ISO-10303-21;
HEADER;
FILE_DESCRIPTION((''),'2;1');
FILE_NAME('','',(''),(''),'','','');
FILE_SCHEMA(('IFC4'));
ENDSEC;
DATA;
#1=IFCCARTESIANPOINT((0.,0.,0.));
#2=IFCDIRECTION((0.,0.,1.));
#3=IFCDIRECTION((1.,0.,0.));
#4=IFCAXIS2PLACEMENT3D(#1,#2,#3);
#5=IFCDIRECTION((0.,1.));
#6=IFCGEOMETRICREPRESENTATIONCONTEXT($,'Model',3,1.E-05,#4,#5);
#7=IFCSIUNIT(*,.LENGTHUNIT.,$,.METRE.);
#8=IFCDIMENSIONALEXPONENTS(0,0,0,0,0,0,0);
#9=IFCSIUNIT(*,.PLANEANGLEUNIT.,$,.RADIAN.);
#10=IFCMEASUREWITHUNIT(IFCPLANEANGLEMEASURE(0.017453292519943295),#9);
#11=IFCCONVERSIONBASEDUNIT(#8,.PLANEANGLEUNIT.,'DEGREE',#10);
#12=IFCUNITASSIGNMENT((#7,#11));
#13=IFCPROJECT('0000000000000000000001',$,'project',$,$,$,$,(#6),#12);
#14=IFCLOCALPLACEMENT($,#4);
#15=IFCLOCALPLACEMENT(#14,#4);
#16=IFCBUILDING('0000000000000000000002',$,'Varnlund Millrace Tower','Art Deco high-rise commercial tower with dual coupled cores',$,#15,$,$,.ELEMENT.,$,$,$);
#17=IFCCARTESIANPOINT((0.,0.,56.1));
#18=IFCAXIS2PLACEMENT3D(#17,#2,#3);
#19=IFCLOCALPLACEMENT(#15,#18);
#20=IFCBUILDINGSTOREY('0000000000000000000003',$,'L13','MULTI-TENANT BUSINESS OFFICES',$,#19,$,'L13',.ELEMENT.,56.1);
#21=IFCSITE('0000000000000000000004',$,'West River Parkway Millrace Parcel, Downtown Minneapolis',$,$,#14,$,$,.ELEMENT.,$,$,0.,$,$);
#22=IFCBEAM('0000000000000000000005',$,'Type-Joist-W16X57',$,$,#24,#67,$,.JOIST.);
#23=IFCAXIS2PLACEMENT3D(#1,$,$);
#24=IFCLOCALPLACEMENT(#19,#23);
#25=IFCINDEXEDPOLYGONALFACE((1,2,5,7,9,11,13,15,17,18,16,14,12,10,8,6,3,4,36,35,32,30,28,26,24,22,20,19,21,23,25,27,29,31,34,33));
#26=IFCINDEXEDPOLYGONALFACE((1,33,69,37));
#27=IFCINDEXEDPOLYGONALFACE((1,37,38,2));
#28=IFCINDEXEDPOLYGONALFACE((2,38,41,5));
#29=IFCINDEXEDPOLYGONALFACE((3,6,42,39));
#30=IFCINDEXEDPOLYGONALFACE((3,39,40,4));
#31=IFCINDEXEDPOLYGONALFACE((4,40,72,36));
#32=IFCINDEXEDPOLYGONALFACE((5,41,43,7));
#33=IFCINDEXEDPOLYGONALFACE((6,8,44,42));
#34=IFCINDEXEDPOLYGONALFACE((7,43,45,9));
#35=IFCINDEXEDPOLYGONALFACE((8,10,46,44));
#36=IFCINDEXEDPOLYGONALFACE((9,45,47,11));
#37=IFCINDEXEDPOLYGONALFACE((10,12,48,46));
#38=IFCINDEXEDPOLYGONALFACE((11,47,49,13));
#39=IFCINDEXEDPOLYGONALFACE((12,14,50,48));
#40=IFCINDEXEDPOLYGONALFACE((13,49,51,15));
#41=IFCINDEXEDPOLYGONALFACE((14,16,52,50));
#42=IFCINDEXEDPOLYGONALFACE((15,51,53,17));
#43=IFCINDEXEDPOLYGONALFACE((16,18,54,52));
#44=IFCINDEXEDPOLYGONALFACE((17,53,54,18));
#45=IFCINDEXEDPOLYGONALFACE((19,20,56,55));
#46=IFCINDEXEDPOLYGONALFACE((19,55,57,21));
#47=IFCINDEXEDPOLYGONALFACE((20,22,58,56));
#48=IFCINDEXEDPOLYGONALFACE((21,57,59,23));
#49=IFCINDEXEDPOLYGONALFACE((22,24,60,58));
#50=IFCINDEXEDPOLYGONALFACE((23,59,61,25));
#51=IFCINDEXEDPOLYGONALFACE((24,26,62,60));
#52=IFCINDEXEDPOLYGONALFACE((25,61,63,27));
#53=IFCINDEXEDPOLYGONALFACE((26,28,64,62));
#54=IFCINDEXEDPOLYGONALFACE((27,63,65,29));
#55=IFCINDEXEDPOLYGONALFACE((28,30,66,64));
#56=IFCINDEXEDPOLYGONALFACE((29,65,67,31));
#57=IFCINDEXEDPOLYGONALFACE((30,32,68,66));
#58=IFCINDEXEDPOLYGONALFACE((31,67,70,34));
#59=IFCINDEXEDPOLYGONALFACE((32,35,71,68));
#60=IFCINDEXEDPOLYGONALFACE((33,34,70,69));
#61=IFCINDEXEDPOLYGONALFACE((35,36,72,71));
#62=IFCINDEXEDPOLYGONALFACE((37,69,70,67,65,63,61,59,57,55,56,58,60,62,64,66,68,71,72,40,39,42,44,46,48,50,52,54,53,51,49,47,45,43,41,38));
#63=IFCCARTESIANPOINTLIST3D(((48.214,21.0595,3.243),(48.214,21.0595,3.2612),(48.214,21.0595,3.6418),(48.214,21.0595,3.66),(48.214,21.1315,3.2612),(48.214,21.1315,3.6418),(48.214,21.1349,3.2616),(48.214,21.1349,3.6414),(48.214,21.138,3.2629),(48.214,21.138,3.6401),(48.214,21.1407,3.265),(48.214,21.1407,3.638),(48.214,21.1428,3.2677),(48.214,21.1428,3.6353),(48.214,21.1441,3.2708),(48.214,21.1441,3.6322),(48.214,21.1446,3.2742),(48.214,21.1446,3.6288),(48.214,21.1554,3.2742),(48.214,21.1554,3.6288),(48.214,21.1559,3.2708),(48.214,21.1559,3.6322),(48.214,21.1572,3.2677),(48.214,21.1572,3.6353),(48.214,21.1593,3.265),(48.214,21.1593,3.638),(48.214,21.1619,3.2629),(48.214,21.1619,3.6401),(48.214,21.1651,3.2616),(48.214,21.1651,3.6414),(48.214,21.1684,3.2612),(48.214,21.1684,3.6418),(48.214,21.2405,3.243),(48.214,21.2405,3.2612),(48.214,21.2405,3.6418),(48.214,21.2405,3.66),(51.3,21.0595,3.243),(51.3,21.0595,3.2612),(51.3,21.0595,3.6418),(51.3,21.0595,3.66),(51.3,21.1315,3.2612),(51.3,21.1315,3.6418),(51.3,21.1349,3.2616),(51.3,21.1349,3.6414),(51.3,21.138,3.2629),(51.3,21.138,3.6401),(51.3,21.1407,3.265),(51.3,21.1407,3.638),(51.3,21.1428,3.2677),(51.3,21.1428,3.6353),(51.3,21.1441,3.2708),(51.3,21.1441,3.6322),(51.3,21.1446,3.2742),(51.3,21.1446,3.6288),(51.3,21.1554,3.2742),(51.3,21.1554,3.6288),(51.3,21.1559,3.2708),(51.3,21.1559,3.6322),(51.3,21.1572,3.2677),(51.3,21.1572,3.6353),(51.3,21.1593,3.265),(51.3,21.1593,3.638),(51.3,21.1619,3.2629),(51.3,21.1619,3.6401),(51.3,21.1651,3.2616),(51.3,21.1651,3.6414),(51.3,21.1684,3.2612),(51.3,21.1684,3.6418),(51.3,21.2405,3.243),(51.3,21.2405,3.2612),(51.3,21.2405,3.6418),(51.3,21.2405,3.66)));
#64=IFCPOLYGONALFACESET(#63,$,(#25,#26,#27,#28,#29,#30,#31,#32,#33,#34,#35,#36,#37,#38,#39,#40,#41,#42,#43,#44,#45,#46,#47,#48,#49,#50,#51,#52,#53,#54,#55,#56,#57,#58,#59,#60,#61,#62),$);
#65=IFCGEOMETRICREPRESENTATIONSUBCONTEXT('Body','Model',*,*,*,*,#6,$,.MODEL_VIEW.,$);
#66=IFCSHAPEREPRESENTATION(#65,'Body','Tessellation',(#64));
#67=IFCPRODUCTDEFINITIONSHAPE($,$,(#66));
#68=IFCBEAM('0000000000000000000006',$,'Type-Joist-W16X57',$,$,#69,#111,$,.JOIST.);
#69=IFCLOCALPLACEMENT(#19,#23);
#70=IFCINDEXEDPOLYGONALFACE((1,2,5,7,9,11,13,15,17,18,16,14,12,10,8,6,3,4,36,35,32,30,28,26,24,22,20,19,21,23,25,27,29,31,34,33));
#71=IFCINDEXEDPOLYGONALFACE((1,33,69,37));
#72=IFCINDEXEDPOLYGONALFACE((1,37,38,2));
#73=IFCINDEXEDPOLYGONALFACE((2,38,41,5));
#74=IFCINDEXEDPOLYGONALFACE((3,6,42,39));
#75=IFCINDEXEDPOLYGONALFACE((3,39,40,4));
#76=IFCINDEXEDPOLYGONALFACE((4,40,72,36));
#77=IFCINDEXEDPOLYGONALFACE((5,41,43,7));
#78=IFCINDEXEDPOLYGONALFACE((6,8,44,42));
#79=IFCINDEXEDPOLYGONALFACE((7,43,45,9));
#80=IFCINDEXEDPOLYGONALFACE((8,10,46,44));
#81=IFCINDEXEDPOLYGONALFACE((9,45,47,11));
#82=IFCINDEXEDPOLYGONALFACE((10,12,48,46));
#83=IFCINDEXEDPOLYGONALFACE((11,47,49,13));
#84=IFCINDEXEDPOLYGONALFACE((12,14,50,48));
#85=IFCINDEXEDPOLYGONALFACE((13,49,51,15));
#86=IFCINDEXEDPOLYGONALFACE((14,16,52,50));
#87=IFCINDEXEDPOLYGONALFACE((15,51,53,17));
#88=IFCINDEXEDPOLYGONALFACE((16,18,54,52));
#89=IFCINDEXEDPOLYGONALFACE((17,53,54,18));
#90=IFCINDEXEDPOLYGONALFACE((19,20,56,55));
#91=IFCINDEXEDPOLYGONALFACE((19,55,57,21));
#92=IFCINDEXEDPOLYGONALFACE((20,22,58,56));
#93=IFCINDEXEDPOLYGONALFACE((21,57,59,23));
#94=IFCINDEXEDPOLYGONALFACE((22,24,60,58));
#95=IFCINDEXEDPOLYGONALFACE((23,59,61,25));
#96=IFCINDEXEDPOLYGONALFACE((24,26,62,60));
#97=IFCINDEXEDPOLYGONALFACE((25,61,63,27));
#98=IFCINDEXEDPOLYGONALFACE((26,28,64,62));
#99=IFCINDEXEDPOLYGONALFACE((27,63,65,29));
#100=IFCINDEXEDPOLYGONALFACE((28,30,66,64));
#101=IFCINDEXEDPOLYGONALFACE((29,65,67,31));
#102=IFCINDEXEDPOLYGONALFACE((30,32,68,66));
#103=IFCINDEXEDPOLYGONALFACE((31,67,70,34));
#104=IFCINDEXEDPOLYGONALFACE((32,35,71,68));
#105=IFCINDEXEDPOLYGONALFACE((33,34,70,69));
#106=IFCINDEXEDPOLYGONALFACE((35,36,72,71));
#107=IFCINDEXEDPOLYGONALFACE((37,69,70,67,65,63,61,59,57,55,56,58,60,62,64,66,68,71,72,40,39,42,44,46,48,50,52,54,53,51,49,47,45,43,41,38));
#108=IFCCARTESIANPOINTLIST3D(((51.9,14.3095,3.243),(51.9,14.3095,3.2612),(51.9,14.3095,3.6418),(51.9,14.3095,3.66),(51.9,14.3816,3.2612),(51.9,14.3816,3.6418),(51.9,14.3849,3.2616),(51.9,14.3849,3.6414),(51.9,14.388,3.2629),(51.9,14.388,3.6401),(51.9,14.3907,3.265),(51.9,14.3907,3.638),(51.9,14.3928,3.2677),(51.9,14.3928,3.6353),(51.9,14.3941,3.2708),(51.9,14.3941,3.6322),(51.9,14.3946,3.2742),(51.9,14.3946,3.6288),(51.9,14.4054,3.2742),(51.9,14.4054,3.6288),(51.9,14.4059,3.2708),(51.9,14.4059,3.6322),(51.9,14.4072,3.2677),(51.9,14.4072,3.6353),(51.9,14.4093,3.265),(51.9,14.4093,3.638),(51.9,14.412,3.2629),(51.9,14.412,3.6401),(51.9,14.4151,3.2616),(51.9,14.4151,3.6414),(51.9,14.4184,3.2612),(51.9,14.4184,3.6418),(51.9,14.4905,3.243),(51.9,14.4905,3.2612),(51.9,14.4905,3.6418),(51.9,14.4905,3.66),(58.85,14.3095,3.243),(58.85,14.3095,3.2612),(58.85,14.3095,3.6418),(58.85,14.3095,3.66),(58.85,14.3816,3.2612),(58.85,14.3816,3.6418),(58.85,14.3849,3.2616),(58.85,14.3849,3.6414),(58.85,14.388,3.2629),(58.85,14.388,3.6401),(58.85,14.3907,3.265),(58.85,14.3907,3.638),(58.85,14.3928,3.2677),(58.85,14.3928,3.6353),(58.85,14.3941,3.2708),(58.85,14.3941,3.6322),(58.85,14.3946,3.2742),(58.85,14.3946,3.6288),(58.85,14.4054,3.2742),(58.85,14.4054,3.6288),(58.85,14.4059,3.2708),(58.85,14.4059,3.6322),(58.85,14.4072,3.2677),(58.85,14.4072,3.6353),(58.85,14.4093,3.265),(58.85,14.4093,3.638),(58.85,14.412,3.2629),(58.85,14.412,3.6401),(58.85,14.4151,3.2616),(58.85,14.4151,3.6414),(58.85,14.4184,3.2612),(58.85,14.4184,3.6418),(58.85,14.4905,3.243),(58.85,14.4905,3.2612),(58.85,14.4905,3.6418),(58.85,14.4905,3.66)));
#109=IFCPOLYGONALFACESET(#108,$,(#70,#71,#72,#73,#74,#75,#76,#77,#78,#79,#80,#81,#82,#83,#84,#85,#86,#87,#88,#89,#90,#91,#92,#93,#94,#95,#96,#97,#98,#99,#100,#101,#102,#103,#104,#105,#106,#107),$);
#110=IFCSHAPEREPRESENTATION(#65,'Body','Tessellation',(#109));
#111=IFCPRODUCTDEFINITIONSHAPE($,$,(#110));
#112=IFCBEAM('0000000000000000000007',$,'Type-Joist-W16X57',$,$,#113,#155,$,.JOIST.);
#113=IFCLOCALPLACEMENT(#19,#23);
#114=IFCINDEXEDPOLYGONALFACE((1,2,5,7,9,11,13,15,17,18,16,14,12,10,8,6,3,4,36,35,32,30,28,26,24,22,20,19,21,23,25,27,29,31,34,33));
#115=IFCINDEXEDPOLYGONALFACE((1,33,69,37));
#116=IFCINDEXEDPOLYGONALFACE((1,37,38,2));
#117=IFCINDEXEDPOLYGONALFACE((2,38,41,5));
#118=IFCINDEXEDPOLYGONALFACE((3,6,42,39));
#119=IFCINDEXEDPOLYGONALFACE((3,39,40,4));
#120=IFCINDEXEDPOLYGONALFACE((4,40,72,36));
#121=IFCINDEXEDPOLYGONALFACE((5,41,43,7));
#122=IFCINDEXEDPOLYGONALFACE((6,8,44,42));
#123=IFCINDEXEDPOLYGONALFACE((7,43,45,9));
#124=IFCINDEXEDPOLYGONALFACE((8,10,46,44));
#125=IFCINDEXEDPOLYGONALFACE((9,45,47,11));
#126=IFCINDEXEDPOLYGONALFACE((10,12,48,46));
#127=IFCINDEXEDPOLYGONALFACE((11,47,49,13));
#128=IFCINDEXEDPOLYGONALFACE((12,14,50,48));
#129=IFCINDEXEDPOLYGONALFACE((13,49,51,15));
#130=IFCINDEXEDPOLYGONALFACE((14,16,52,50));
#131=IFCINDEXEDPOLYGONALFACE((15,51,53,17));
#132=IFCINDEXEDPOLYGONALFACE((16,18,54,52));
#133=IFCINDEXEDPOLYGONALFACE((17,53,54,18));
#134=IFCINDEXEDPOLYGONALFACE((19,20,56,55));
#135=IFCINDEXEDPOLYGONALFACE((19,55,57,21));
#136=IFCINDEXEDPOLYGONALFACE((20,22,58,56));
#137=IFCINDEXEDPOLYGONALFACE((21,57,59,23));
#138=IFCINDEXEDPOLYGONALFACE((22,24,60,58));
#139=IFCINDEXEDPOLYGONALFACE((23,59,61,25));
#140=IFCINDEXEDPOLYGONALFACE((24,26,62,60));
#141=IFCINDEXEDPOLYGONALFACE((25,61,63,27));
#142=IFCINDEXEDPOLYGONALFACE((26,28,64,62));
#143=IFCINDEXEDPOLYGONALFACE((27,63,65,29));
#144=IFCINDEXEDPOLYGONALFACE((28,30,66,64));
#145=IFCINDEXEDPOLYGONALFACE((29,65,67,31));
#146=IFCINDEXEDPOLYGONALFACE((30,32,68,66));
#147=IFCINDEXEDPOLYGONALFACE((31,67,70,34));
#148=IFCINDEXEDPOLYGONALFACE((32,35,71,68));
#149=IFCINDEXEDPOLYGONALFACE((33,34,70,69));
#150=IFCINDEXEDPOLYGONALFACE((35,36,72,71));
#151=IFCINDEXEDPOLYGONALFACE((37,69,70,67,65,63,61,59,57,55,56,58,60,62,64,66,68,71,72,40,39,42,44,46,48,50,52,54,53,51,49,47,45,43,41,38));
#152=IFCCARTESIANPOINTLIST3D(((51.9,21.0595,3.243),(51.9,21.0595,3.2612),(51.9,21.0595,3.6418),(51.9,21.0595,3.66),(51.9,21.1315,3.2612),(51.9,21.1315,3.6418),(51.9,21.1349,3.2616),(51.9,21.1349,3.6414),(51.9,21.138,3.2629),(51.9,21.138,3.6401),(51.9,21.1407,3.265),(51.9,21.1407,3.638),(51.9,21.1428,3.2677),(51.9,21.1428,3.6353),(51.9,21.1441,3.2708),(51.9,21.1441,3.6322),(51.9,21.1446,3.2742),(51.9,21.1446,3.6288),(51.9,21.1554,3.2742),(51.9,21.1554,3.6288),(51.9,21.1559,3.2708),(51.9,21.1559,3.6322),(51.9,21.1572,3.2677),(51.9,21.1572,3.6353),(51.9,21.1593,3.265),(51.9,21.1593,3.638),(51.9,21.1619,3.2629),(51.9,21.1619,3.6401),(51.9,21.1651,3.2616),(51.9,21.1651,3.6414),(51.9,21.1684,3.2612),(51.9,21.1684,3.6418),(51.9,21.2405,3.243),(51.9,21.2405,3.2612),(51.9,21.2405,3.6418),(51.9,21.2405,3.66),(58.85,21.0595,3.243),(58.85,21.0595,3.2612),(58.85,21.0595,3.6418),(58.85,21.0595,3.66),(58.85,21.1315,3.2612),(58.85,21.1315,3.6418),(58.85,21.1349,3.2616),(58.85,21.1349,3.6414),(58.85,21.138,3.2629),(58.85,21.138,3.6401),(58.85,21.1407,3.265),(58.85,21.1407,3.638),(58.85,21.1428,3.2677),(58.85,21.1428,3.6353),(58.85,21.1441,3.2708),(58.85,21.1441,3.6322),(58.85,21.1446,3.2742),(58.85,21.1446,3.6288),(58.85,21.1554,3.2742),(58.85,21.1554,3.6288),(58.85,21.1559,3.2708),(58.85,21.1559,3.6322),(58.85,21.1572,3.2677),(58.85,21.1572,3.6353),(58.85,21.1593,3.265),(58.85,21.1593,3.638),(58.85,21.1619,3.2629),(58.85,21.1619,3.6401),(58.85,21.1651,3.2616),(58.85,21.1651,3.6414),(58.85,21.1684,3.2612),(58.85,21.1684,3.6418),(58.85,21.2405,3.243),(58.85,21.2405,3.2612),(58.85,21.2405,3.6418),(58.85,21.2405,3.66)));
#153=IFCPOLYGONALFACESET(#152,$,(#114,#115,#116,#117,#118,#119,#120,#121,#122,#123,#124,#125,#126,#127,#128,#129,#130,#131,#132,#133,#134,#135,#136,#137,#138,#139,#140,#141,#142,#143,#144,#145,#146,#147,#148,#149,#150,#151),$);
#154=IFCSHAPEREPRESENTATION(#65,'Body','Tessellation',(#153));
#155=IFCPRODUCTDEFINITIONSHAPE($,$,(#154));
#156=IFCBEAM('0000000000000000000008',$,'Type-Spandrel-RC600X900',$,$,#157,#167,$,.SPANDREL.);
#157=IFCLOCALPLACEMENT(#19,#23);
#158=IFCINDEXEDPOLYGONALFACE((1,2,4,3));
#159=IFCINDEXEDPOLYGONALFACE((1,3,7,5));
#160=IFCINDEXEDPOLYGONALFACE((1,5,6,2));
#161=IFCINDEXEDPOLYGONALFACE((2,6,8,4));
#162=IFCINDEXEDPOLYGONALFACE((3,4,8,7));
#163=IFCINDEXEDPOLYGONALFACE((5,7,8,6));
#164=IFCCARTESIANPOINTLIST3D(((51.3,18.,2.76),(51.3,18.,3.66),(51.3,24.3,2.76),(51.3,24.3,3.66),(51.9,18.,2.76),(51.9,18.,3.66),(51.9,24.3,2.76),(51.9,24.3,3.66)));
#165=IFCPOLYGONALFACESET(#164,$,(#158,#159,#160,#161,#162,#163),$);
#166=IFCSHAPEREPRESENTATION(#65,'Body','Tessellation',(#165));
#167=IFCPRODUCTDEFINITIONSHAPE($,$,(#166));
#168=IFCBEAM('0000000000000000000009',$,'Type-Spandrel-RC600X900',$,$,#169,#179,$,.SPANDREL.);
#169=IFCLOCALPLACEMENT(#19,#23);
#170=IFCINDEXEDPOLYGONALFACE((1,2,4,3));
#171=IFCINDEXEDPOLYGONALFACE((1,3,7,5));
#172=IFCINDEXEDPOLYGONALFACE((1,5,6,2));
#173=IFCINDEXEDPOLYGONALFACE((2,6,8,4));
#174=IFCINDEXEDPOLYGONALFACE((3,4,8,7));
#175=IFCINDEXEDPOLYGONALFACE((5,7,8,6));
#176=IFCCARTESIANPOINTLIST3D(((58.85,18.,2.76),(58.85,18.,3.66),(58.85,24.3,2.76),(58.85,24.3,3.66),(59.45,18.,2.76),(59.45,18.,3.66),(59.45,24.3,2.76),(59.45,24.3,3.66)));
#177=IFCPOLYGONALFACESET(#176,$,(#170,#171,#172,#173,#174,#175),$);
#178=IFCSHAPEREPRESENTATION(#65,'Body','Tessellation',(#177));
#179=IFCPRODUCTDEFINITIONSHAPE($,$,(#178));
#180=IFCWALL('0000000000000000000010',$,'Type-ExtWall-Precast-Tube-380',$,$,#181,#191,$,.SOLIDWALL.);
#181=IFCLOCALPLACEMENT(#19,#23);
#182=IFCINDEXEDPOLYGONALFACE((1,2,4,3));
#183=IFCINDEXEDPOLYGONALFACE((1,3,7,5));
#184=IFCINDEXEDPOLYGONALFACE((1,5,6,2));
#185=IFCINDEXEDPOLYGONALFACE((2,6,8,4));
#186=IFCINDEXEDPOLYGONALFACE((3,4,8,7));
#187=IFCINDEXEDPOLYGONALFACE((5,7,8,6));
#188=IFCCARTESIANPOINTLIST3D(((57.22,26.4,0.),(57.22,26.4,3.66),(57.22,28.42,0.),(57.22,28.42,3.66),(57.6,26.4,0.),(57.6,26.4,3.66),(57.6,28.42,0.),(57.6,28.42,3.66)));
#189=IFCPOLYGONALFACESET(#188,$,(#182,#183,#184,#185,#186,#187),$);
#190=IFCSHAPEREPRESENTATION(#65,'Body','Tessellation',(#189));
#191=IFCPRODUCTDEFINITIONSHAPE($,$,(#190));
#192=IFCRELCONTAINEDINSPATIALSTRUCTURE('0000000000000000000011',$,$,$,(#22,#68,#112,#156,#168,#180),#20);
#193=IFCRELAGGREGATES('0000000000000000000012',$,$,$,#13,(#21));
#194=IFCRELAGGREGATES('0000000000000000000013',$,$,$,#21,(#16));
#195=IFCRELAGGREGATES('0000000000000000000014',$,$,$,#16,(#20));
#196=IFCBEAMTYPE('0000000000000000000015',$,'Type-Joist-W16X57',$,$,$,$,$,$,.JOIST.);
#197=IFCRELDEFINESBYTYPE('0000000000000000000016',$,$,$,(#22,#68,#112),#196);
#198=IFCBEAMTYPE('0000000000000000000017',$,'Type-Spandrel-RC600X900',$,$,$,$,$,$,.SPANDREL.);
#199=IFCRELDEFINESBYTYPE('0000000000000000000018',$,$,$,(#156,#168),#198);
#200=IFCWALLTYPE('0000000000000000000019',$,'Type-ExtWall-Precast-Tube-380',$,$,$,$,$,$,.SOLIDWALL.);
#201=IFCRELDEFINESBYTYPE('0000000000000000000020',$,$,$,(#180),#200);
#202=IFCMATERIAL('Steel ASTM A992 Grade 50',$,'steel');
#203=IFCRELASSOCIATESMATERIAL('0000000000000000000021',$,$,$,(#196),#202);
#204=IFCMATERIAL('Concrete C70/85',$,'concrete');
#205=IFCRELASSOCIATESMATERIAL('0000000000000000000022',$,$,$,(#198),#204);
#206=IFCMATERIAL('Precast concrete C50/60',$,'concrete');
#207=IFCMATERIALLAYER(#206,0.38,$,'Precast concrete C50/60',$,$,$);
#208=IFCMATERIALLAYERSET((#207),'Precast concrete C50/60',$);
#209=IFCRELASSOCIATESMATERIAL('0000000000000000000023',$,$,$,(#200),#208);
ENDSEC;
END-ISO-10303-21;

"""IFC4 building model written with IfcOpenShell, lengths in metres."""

from ifc_helpers import new_model, entity, si_unit, converted_unit, direction, frame, origin_with_axes, origin_2d_with_axis, place, context, subcontext, project, spatial, polyline, rectangle, i_section, outline, extrude, material, layer, layer_set, material_profile, profile_set, type_object, element, save


model = new_model("IFC4")

# Units and contexts
model_context = context("Model", 3, precision=1e-05, world=origin_with_axes(), true_north=direction((0.0, 1.0)))
body_context = subcontext(model_context, "Body", "Model", "MODEL_VIEW")
ifc_project = project(units=[si_unit("LENGTHUNIT", "METRE"), converted_unit("PLANEANGLEUNIT", "DEGREE", entity("IfcPlaneAngleMeasure", 0.017453292519943295), si_unit("PLANEANGLEUNIT", "RADIAN"), dimensions=[0, 0, 0, 0, 0, 0, 0])], contexts=[model_context])

# Site, building, storey
site_placement = place(None, origin_with_axes())
site = spatial("IfcSite", under=ifc_project, at=site_placement, Name="West River Parkway Millrace Parcel, Downtown Minneapolis", CompositionType="ELEMENT", RefElevation=0.0)
building_placement = place(site_placement, origin_with_axes())
building = spatial("IfcBuilding", under=site, at=building_placement, Name="Varnlund Millrace Tower", Description="Art Deco high-rise commercial tower with dual coupled cores", CompositionType="ELEMENT")
storey_placement = place(building_placement, frame((0.0, 0.0, 56.1), z_axis=(0.0, 0.0, 1.0), x_axis=(1.0, 0.0, 0.0)))
storey = spatial("IfcBuildingStorey", under=building, at=storey_placement, Name="L13", Description="MULTI-TENANT BUSINESS OFFICES", LongName="L13", CompositionType="ELEMENT", Elevation=56.1)

# Beams
ifc_material_1 = material(Name="Steel ASTM A992 Grade 50", Category="steel")
ifc_material_profile_1 = material_profile(ifc_material_1, i_section(OverallWidth=0.181, OverallDepth=0.417, WebThickness=0.0109, FlangeThickness=0.0182, FilletRadius=0.013, at=origin_2d_with_axis()), Name="Steel ASTM A992 Grade 50")
ifc_profile_set_1 = profile_set([ifc_material_profile_1], Name="Steel ASTM A992 Grade 50")
beam_type_1 = type_object("IfcBeamType", Name="Type-Joist-W16X57", PredefinedType="JOIST", material=ifc_profile_set_1)
for number, where, z_axis, x_axis, name in (
    (1, (48.214, 21.15, 3.4515), (1.0, 0.0, 0.0), (0.0, 1.0, 0.0), "Type-Joist-W16X57"),
):
    element("IfcBeam", number, at=place(storey_placement, frame(where, z_axis=z_axis, x_axis=x_axis)), inside=storey, type_object=beam_type_1, Name=name, PredefinedType="JOIST", context=body_context, shape_type="SweptSolid", body=[
        extrude(i_section(OverallWidth=0.181, OverallDepth=0.417, WebThickness=0.0109, FlangeThickness=0.0182, FilletRadius=0.013, at=origin_2d_with_axis()), origin_with_axes(), (0.0, 0.0, 1.0), 3.086),
    ])
for number, where, z_axis, x_axis, name in (
    (2, (51.9, 14.4, 3.4515), (1.0, 0.0, 0.0), (0.0, 1.0, 0.0), "Type-Joist-W16X57"),
    (3, (51.9, 21.15, 3.4515), (1.0, 0.0, 0.0), (0.0, 1.0, 0.0), "Type-Joist-W16X57"),
):
    element("IfcBeam", number, at=place(storey_placement, frame(where, z_axis=z_axis, x_axis=x_axis)), inside=storey, type_object=beam_type_1, Name=name, PredefinedType="JOIST", context=body_context, shape_type="SweptSolid", body=[
        extrude(i_section(OverallWidth=0.181, OverallDepth=0.417, WebThickness=0.0109, FlangeThickness=0.0182, FilletRadius=0.013, at=origin_2d_with_axis()), origin_with_axes(), (0.0, 0.0, 1.0), 6.95),
    ])
ifc_material_2 = material(Name="Concrete C70/85", Category="concrete")
ifc_material_profile_2 = material_profile(ifc_material_2, rectangle(XDim=0.6, YDim=0.9, at=origin_2d_with_axis()), Name="Concrete C70/85")
ifc_profile_set_2 = profile_set([ifc_material_profile_2], Name="Concrete C70/85")
beam_type_2 = type_object("IfcBeamType", Name="Type-Spandrel-RC600X900", PredefinedType="SPANDREL", material=ifc_profile_set_2)
for number, where, z_axis, x_axis, name in (
    (4, (51.6, 18.0, 3.21), (0.0, 1.0, 0.0), (-1.0, 0.0, 0.0), "Type-Spandrel-RC600X900"),
    (5, (59.15, 18.0, 3.21), (0.0, 1.0, 0.0), (-1.0, 0.0, 0.0), "Type-Spandrel-RC600X900"),
):
    element("IfcBeam", number, at=place(storey_placement, frame(where, z_axis=z_axis, x_axis=x_axis)), inside=storey, type_object=beam_type_2, Name=name, PredefinedType="SPANDREL", context=body_context, shape_type="SweptSolid", body=[
        extrude(rectangle(XDim=0.6, YDim=0.9, at=origin_2d_with_axis()), origin_with_axes(), (0.0, 0.0, 1.0), 6.3),
    ])

# Wall
ifc_material_3 = material(Name="Precast concrete C50/60", Category="concrete")
ifc_layer_1 = layer(ifc_material_3, 0.38, Name="Precast concrete C50/60")
ifc_layer_set_1 = layer_set([ifc_layer_1], Name="Precast concrete C50/60")
wall_type_1 = type_object("IfcWallType", Name="Type-ExtWall-Precast-Tube-380", PredefinedType="SOLIDWALL", material=ifc_layer_set_1)
wall_1_placement = place(storey_placement, frame((57.41, 28.42, 0.0), z_axis=(0.0, 0.0, 1.0), x_axis=(0.0, -1.0, 0.0)))
element("IfcWall", 6, at=wall_1_placement, inside=storey, type_object=wall_type_1, Name="Type-ExtWall-Precast-Tube-380", PredefinedType="SOLIDWALL", context=body_context, shape_type="SweptSolid", body=[
    extrude(outline(polyline([(0.0, -0.19), (2.02, -0.19), (2.02, 0.19), (0.0, 0.19), (0.0, -0.19)])), origin_with_axes(), (0.0, 0.0, 1.0), 3.66),
])

save(model, "model.ifc")
